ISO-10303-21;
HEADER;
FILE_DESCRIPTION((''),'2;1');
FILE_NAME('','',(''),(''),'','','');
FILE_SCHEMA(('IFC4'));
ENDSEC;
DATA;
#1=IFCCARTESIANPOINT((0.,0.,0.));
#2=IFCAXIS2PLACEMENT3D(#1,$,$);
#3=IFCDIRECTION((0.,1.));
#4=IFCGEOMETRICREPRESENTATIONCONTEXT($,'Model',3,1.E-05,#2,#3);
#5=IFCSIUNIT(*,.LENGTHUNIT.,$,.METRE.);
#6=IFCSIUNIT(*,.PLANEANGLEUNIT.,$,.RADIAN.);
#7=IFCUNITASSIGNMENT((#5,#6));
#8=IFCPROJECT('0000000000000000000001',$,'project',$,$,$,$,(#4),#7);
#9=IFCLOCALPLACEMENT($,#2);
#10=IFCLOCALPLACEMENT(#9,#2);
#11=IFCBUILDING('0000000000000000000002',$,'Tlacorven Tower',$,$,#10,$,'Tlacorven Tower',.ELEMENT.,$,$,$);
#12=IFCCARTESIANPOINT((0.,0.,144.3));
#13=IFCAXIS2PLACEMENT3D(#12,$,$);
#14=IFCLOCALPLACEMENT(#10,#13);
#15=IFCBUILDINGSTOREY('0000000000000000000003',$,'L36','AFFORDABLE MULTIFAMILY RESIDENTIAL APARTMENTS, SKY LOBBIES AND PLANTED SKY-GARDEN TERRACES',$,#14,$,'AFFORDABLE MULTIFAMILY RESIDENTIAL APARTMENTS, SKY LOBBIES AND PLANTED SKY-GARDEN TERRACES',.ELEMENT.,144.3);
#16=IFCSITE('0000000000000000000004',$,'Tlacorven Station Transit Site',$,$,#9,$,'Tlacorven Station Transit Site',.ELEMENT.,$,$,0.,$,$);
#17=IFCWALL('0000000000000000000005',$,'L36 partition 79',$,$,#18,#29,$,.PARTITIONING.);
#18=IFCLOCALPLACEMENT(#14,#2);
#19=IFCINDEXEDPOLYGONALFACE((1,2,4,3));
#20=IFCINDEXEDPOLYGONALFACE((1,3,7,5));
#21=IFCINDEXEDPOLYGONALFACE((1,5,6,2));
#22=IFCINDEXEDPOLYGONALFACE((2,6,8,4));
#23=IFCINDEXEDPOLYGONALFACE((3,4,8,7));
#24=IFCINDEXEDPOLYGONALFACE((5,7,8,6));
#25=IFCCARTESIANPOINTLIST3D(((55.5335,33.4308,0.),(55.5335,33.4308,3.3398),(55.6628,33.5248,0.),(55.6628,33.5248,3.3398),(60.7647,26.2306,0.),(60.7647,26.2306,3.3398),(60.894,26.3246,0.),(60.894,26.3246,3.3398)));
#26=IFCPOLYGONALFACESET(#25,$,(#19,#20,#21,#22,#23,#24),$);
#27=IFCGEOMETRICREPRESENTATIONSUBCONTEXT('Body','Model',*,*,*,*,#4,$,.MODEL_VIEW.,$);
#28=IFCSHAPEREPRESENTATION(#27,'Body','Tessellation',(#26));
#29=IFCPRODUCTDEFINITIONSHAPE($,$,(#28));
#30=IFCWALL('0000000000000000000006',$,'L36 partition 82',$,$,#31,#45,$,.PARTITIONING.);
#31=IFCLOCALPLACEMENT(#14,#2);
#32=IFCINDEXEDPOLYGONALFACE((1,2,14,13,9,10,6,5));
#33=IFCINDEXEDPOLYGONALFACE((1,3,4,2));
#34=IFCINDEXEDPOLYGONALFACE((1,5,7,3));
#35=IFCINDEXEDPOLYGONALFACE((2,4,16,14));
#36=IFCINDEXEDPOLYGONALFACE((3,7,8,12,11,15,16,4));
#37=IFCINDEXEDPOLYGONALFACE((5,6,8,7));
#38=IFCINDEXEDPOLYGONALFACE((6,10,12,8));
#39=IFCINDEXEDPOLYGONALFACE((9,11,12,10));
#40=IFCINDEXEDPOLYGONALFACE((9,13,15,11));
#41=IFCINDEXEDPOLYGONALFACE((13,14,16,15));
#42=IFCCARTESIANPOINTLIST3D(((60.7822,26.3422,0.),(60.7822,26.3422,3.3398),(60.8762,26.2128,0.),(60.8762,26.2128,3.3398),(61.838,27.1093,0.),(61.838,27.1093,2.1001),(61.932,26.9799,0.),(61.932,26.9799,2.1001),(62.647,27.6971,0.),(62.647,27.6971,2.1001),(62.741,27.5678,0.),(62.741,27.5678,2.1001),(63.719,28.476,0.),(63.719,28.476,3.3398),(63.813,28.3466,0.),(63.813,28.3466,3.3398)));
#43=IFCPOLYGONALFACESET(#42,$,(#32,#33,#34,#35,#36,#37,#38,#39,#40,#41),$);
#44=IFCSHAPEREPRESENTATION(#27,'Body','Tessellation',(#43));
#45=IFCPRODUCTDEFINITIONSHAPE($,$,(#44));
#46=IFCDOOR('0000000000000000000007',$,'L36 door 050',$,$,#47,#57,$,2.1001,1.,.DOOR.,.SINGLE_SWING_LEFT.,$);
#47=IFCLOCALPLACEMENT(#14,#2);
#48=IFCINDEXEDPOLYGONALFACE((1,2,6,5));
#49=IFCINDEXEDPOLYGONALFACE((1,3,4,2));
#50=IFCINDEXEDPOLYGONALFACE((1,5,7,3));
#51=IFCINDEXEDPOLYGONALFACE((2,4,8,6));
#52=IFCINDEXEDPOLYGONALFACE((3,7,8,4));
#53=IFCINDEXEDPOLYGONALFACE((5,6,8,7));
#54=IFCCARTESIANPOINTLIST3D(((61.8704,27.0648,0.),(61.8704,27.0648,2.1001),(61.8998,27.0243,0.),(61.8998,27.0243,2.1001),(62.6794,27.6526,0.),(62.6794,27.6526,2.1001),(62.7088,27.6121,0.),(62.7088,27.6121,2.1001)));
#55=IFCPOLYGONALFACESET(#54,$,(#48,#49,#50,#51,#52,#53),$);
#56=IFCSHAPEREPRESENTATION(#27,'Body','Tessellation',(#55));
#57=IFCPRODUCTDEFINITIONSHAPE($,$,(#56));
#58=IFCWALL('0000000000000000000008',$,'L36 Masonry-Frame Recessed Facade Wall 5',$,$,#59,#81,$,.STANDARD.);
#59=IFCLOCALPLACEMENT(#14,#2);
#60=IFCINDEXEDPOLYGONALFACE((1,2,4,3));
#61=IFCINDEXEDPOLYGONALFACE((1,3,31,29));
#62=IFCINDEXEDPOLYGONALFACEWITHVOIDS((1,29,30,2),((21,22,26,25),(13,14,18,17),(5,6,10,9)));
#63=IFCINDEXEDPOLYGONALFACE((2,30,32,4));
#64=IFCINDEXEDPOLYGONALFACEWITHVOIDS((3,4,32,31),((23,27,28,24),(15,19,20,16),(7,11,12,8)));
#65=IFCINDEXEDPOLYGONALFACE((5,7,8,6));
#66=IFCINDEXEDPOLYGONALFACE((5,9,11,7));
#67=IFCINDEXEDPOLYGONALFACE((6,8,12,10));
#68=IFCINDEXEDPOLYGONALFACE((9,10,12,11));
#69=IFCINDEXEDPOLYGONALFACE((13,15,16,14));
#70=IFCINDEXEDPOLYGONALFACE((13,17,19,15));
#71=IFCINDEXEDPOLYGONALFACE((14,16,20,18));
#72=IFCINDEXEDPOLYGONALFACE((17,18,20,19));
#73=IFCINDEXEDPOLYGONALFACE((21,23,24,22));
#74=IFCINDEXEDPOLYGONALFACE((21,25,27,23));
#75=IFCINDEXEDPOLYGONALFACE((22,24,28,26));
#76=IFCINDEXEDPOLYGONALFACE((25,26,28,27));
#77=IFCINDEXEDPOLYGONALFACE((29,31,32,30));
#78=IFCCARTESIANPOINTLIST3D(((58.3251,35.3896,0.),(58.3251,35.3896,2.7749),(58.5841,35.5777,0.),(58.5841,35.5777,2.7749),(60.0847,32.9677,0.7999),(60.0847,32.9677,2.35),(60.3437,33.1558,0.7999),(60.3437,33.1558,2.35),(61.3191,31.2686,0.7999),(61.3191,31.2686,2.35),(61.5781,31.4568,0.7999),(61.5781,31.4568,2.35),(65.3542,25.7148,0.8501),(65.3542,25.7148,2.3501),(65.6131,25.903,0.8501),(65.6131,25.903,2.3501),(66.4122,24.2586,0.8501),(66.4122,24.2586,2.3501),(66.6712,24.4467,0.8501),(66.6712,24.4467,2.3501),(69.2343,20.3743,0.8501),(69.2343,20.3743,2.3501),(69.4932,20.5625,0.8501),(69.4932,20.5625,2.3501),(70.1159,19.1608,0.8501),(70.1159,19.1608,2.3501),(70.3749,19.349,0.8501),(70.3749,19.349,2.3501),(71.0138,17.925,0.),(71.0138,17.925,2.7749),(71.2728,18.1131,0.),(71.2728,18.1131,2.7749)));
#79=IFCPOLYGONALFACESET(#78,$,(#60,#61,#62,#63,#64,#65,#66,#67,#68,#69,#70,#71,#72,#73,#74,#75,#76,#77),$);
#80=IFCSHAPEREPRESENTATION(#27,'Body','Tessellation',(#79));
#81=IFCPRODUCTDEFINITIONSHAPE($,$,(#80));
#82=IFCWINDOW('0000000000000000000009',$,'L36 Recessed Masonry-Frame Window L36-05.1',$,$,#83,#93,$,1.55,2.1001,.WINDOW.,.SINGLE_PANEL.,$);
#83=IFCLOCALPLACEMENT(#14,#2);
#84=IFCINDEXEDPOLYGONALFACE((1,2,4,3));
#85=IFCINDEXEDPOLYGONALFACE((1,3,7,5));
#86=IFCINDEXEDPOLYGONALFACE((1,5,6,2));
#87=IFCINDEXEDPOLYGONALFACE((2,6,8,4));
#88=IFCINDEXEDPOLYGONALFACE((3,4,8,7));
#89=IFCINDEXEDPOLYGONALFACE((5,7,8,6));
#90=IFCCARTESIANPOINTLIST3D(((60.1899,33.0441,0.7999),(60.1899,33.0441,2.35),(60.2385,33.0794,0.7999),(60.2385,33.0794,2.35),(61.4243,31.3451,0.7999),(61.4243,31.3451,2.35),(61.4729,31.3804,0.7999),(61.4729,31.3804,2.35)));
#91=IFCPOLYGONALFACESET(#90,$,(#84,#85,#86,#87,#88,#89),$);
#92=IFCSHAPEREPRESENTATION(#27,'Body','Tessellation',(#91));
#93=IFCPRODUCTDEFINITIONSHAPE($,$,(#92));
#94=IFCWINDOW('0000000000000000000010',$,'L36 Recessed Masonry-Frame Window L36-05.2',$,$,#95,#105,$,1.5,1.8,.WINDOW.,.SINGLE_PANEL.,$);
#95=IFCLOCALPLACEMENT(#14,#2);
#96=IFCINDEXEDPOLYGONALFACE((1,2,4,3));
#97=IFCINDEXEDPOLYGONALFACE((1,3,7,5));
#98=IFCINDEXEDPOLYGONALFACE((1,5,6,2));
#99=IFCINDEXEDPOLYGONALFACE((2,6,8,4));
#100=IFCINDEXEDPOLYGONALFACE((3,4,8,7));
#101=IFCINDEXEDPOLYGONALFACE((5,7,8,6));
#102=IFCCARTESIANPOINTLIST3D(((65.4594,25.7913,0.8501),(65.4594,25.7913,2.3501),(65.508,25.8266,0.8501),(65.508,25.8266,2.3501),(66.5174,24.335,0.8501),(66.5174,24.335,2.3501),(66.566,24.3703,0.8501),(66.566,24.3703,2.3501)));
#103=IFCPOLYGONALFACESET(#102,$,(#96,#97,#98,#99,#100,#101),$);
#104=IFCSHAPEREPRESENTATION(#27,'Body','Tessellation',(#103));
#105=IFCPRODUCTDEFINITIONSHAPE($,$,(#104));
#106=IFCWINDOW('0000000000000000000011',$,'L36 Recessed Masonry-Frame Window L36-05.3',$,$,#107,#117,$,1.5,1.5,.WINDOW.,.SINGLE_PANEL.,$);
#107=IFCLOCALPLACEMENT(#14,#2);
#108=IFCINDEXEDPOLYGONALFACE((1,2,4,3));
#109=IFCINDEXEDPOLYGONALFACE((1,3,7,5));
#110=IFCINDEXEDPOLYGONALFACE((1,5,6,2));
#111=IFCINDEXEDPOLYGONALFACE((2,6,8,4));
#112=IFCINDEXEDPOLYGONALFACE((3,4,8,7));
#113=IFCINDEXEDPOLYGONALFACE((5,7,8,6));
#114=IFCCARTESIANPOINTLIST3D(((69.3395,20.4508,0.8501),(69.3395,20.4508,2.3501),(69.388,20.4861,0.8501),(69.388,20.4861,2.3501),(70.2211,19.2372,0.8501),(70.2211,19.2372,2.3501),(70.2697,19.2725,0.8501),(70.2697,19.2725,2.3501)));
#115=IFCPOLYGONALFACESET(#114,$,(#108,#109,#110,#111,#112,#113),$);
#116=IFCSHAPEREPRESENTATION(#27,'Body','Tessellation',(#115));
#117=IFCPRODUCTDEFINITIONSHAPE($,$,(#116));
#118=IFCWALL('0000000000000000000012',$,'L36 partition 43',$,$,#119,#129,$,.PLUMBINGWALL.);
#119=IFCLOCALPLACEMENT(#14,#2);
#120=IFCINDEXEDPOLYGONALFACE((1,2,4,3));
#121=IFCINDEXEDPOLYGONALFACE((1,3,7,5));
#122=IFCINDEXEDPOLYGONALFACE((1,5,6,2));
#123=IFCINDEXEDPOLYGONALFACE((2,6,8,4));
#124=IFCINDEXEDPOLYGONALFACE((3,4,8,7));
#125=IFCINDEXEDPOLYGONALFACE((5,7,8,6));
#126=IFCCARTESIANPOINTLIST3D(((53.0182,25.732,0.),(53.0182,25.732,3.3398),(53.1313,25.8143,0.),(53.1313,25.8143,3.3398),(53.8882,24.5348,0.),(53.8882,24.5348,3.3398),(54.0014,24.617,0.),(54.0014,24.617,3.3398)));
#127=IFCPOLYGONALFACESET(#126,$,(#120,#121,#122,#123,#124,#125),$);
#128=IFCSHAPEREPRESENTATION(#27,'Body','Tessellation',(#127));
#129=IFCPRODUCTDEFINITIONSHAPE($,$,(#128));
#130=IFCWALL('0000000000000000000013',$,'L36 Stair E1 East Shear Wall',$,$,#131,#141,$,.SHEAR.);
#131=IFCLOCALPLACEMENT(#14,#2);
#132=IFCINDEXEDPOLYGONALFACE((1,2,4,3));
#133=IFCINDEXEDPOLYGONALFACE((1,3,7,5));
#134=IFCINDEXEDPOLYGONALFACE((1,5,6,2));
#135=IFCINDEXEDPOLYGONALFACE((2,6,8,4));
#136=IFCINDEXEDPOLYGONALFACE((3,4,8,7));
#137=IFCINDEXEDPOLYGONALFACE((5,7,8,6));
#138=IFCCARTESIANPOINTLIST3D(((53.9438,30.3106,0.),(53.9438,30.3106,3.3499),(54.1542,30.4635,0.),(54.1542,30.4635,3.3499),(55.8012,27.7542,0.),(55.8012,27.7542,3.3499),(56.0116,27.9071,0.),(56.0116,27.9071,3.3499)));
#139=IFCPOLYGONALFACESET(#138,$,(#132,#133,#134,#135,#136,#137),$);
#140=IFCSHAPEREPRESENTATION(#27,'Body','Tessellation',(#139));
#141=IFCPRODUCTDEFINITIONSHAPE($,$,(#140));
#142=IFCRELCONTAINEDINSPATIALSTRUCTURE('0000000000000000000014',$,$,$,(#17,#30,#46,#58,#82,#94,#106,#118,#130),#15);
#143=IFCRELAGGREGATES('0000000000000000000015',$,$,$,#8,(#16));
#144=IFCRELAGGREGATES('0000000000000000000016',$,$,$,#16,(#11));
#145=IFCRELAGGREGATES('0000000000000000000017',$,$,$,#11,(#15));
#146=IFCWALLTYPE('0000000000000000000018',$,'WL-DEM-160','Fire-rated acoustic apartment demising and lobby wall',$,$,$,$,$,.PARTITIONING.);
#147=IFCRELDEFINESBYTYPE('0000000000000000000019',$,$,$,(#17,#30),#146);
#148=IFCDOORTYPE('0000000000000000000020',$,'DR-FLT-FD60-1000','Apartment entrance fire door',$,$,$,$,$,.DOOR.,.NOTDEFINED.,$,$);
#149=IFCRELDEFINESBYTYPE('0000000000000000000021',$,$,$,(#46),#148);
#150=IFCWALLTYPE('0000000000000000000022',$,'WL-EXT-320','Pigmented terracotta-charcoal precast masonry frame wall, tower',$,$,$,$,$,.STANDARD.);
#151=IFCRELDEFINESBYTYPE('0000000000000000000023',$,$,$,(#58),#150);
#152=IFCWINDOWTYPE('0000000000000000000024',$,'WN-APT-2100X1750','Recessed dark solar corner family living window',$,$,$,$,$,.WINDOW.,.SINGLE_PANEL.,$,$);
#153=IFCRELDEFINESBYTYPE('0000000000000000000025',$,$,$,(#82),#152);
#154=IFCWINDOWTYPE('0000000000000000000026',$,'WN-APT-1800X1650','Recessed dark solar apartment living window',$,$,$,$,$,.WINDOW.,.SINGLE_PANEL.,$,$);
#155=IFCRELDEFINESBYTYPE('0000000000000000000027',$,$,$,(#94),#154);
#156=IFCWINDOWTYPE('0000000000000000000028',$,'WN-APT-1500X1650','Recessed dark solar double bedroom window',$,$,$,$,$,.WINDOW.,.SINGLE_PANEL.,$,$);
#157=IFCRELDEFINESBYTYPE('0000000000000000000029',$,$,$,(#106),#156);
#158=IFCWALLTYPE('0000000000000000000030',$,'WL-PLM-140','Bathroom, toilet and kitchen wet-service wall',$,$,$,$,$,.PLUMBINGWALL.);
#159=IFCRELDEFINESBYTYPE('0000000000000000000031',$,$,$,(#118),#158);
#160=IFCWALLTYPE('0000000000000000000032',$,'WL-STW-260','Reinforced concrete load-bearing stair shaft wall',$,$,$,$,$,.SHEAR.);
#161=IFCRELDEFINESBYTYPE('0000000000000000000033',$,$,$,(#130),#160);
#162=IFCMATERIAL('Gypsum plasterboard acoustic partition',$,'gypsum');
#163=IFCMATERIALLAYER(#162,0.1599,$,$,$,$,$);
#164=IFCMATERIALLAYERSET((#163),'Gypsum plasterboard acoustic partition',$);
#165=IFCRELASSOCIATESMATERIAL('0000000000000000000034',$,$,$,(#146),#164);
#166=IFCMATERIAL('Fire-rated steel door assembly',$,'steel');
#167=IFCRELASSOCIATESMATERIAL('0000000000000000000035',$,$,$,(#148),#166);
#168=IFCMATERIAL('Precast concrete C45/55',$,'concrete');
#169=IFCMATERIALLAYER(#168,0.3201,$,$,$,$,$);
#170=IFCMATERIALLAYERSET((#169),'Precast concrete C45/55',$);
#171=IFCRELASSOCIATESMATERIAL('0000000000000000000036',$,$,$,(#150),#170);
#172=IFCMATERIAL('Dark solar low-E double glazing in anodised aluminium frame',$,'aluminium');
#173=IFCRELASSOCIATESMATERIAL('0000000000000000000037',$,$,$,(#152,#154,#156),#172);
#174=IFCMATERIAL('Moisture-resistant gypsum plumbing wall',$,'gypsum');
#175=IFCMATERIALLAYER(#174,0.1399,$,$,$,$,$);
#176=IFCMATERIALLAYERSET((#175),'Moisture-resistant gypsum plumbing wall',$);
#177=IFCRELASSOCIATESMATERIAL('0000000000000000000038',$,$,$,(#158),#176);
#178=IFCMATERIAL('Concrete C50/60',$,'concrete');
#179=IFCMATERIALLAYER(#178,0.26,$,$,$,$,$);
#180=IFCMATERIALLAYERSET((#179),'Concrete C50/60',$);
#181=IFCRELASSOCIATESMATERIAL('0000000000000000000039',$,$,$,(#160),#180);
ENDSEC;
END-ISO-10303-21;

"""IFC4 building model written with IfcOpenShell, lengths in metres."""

from ifc_helpers import new_model, si_unit, direction, frame, frame_2d, origin, place, context, subcontext, project, spatial, rectangle, extrude, source, transform, mapped, material, layer, layer_set, type_object, element, fill, save


model = new_model("IFC4")

# Units and contexts
model_context = context("Model", 3, precision=1e-05, world=origin(), true_north=direction((0.0, 1.0)))
body_context = subcontext(model_context, "Body", "Model", "MODEL_VIEW")
ifc_project = project(units=[si_unit("LENGTHUNIT", "METRE"), si_unit("PLANEANGLEUNIT", "RADIAN")], contexts=[model_context])

# Site, building, storey
site_placement = place(None, origin())
site = spatial("IfcSite", under=ifc_project, at=site_placement, Name="Tlacorven Station Transit Site", LongName="Tlacorven Station Transit Site", CompositionType="ELEMENT", RefElevation=0.0)
building_placement = place(site_placement, origin())
building = spatial("IfcBuilding", under=site, at=building_placement, Name="Tlacorven Tower", LongName="Tlacorven Tower", CompositionType="ELEMENT")
storey_placement = place(building_placement, frame((0.0, 0.0, 144.3)))
storey = spatial("IfcBuildingStorey", under=building, at=storey_placement, Name="L36", Description="AFFORDABLE MULTIFAMILY RESIDENTIAL APARTMENTS, SKY LOBBIES AND PLANTED SKY-GARDEN TERRACES", LongName="AFFORDABLE MULTIFAMILY RESIDENTIAL APARTMENTS, SKY LOBBIES AND PLANTED SKY-GARDEN TERRACES", CompositionType="ELEMENT", Elevation=144.3)

# Shared definitions
ifc_material_1 = material(Name="Gypsum plasterboard acoustic partition", Category="gypsum")
ifc_layer_1 = layer(ifc_material_1, 0.1599)
ifc_layer_set_1 = layer_set([ifc_layer_1], Name="Gypsum plasterboard acoustic partition")
wall_type_1 = type_object("IfcWallType", Name="WL-DEM-160", Description="Fire-rated acoustic apartment demising and lobby wall", PredefinedType="PARTITIONING", material=ifc_layer_set_1)
ifc_material_2 = material(Name="Fire-rated steel door assembly", Category="steel")
door_type = type_object("IfcDoorType", Name="DR-FLT-FD60-1000", Description="Apartment entrance fire door", OperationType="NOTDEFINED", PredefinedType="DOOR", material=ifc_material_2)
shared_shape_1 = source(origin(), body_context, "Body", "SweptSolid", [
    extrude(rectangle(XDim=1.0, YDim=2.1001, at=frame_2d((0.5, 1.05))), frame((0.0, 0.0249, 0.0), z_axis=(0.0, -1.0, 0.0), x_axis=(1.0, 0.0, 0.0)), (0.0, 0.0, 1.0), 0.05),
])

# Wall
wall_1_placement = place(storey_placement, frame((60.8293, 26.2776, 0.0), z_axis=(0.0, 0.0, 1.0), x_axis=(-0.587782, 0.80902, 0.0)))
element("IfcWall", 1, at=wall_1_placement, inside=storey, type_object=wall_type_1, Name="L36 partition 79", PredefinedType="PARTITIONING", context=body_context, shape_type="SweptSolid", body=[
    extrude(rectangle(XDim=8.8999, YDim=0.1599, at=frame_2d((4.45, 0.0))), origin(), (0.0, 0.0, 1.0), 3.3398),
])

# Wall, opening, door
wall_2_placement = place(storey_placement, frame((60.8293, 26.2776, 0.0), z_axis=(0.0, 0.0, 1.0), x_axis=(0.809004, 0.587804, 0.0)))
wall_2 = element("IfcWall", 2, at=wall_2_placement, inside=storey, type_object=wall_type_1, Name="L36 partition 82", PredefinedType="PARTITIONING", context=body_context, shape_type="SweptSolid", body=[
    extrude(rectangle(XDim=3.6301, YDim=0.1599, at=frame_2d((1.8149, 0.0))), origin(), (0.0, 0.0, 1.0), 3.3398),
])
opening_1_placement = place(wall_2_placement, frame((1.3049, 0.0, 0.0)))
opening_1 = element("IfcOpeningElement", 3, at=opening_1_placement, cuts=wall_2, PredefinedType="OPENING", context=body_context, shape_type="SweptSolid", body=[
    extrude(rectangle(XDim=1.0, YDim=2.1001, at=frame_2d((0.5, 1.05))), frame((0.0, 0.0898, 0.0), z_axis=(0.0, -1.0, 0.0), x_axis=(1.0, 0.0, 0.0)), (0.0, 0.0, 1.0), 0.1799),
])
door_1_placement = place(opening_1_placement, origin())
door_1 = element("IfcDoor", 4, at=door_1_placement, inside=storey, type_object=door_type, Name="L36 door 050", OperationType="SINGLE_SWING_LEFT", OverallHeight=2.1001, OverallWidth=1.0, PredefinedType="DOOR", context=body_context, shape_type="MappedRepresentation", body=[
    mapped(shared_shape_1, transform((0.0, 0.0, 0.0), scale=1.0)),
])
fill(opening_1, door_1)

# Wall, openings, windows
ifc_material_3 = material(Name="Precast concrete C45/55", Category="concrete")
ifc_layer_2 = layer(ifc_material_3, 0.3201)
ifc_layer_set_2 = layer_set([ifc_layer_2], Name="Precast concrete C45/55")
wall_type_2 = type_object("IfcWallType", Name="WL-EXT-320", Description="Pigmented terracotta-charcoal precast masonry frame wall, tower", PredefinedType="STANDARD", material=ifc_layer_set_2)
wall_3_placement = place(storey_placement, frame((58.4546, 35.4836, 0.0), z_axis=(0.0, 0.0, 1.0), x_axis=(0.587784, -0.809018, 0.0)))
wall_3 = element("IfcWall", 5, at=wall_3_placement, inside=storey, type_object=wall_type_2, Name="L36 Masonry-Frame Recessed Facade Wall 5", PredefinedType="STANDARD", context=body_context, shape_type="SweptSolid", body=[
    extrude(rectangle(XDim=21.5874, YDim=0.3201, at=frame_2d((10.7937, 0.0))), origin(), (0.0, 0.0, 1.0), 2.7749),
])
opening_2_placement = place(wall_3_placement, frame((2.9937, 0.0, 0.8)))
opening_2 = element("IfcOpeningElement", 6, at=opening_2_placement, cuts=wall_3, PredefinedType="OPENING", context=body_context, shape_type="SweptSolid", body=[
    extrude(rectangle(XDim=2.1001, YDim=1.55, at=frame_2d((1.05, 0.7749))), frame((0.0, 0.1699, 0.0), z_axis=(0.0, -1.0, 0.0), x_axis=(1.0, 0.0, 0.0)), (0.0, 0.0, 1.0), 0.3401),
])
opening_3_placement = place(wall_3_placement, frame((11.9587, 0.0, 0.8501)))
opening_3 = element("IfcOpeningElement", 7, at=opening_3_placement, cuts=wall_3, PredefinedType="OPENING", context=body_context, shape_type="SweptSolid", body=[
    extrude(rectangle(XDim=1.8, YDim=1.5, at=frame_2d((0.8999, 0.75))), frame((0.0, 0.1699, 0.0), z_axis=(0.0, -1.0, 0.0), x_axis=(1.0, 0.0, 0.0)), (0.0, 0.0, 1.0), 0.3401),
])
opening_4_placement = place(wall_3_placement, frame((18.5598, 0.0, 0.8501)))
opening_4 = element("IfcOpeningElement", 8, at=opening_4_placement, cuts=wall_3, PredefinedType="OPENING", context=body_context, shape_type="SweptSolid", body=[
    extrude(rectangle(XDim=1.5, YDim=1.5, at=frame_2d((0.75, 0.75))), frame((0.0, 0.1699, 0.0), z_axis=(0.0, -1.0, 0.0), x_axis=(1.0, 0.0, 0.0)), (0.0, 0.0, 1.0), 0.3401),
])
ifc_material_4 = material(Name="Dark solar low-E double glazing in anodised aluminium frame", Category="aluminium")
window_type_1 = type_object("IfcWindowType", Name="WN-APT-2100X1750", Description="Recessed dark solar corner family living window", PartitioningType="SINGLE_PANEL", PredefinedType="WINDOW", material=ifc_material_4)
shared_shape_2 = source(origin(), body_context, "Body", "SweptSolid", [
    extrude(rectangle(XDim=2.1001, YDim=1.55, at=frame_2d((1.05, 0.7749))), frame((0.0, 0.03, 0.0), z_axis=(0.0, -1.0, 0.0), x_axis=(1.0, 0.0, 0.0)), (0.0, 0.0, 1.0), 0.0601),
])
window_1_placement = place(opening_2_placement, origin())
window_1 = element("IfcWindow", 9, at=window_1_placement, inside=storey, type_object=window_type_1, Name="L36 Recessed Masonry-Frame Window L36-05.1", OverallHeight=1.55, OverallWidth=2.1001, PartitioningType="SINGLE_PANEL", PredefinedType="WINDOW", context=body_context, shape_type="MappedRepresentation", body=[
    mapped(shared_shape_2, transform((0.0, 0.0, 0.0), scale=1.0)),
])
fill(opening_2, window_1)
window_type_2 = type_object("IfcWindowType", Name="WN-APT-1800X1650", Description="Recessed dark solar apartment living window", PartitioningType="SINGLE_PANEL", PredefinedType="WINDOW", material=ifc_material_4)
shared_shape_3 = source(origin(), body_context, "Body", "SweptSolid", [
    extrude(rectangle(XDim=1.8, YDim=1.5, at=frame_2d((0.8999, 0.75))), frame((0.0, 0.03, 0.0), z_axis=(0.0, -1.0, 0.0), x_axis=(1.0, 0.0, 0.0)), (0.0, 0.0, 1.0), 0.0601),
])
window_2_placement = place(opening_3_placement, origin())
window_2 = element("IfcWindow", 10, at=window_2_placement, inside=storey, type_object=window_type_2, Name="L36 Recessed Masonry-Frame Window L36-05.2", OverallHeight=1.5, OverallWidth=1.8, PartitioningType="SINGLE_PANEL", PredefinedType="WINDOW", context=body_context, shape_type="MappedRepresentation", body=[
    mapped(shared_shape_3, transform((0.0, 0.0, 0.0), scale=1.0)),
])
fill(opening_3, window_2)
window_type_3 = type_object("IfcWindowType", Name="WN-APT-1500X1650", Description="Recessed dark solar double bedroom window", PartitioningType="SINGLE_PANEL", PredefinedType="WINDOW", material=ifc_material_4)
shared_shape_4 = source(origin(), body_context, "Body", "SweptSolid", [
    extrude(rectangle(XDim=1.5, YDim=1.5, at=frame_2d((0.75, 0.75))), frame((0.0, 0.03, 0.0), z_axis=(0.0, -1.0, 0.0), x_axis=(1.0, 0.0, 0.0)), (0.0, 0.0, 1.0), 0.0601),
])
window_3_placement = place(opening_4_placement, origin())
window_3 = element("IfcWindow", 11, at=window_3_placement, inside=storey, type_object=window_type_3, Name="L36 Recessed Masonry-Frame Window L36-05.3", OverallHeight=1.5, OverallWidth=1.5, PartitioningType="SINGLE_PANEL", PredefinedType="WINDOW", context=body_context, shape_type="MappedRepresentation", body=[
    mapped(shared_shape_4, transform((0.0, 0.0, 0.0), scale=1.0)),
])
fill(opening_4, window_3)

# Walls
ifc_material_5 = material(Name="Moisture-resistant gypsum plumbing wall", Category="gypsum")
ifc_layer_3 = layer(ifc_material_5, 0.1399)
ifc_layer_set_3 = layer_set([ifc_layer_3], Name="Moisture-resistant gypsum plumbing wall")
wall_type_3 = type_object("IfcWallType", Name="WL-PLM-140", Description="Bathroom, toilet and kitchen wet-service wall", PredefinedType="PLUMBINGWALL", material=ifc_layer_set_3)
wall_4_placement = place(storey_placement, frame((53.9448, 24.5759, 0.0), z_axis=(0.0, 0.0, 1.0), x_axis=(-0.587897, 0.808936, 0.0)))
element("IfcWall", 12, at=wall_4_placement, inside=storey, type_object=wall_type_3, Name="L36 partition 43", PredefinedType="PLUMBINGWALL", context=body_context, shape_type="SweptSolid", body=[
    extrude(rectangle(XDim=1.48, YDim=0.1399, at=frame_2d((0.74, 0.0))), origin(), (0.0, 0.0, 1.0), 3.3398),
])
ifc_material_6 = material(Name="Concrete C50/60", Category="concrete")
ifc_layer_4 = layer(ifc_material_6, 0.26)
ifc_layer_set_4 = layer_set([ifc_layer_4], Name="Concrete C50/60")
wall_type_4 = type_object("IfcWallType", Name="WL-STW-260", Description="Reinforced concrete load-bearing stair shaft wall", PredefinedType="SHEAR", material=ifc_layer_set_4)
wall_5_placement = place(storey_placement, frame((55.9065, 27.8306, 0.0), z_axis=(0.0, 0.0, 1.0), x_axis=(-0.587804, 0.809003, 0.0)))
element("IfcWall", 13, at=wall_5_placement, inside=storey, type_object=wall_type_4, Name="L36 Stair E1 East Shear Wall", PredefinedType="SHEAR", context=body_context, shape_type="SweptSolid", body=[
    extrude(rectangle(XDim=3.1599, YDim=0.26, at=frame_2d((1.5801, 0.0))), origin(), (0.0, 0.0, 1.0), 3.3499),
])

save(model, "model.ifc")
